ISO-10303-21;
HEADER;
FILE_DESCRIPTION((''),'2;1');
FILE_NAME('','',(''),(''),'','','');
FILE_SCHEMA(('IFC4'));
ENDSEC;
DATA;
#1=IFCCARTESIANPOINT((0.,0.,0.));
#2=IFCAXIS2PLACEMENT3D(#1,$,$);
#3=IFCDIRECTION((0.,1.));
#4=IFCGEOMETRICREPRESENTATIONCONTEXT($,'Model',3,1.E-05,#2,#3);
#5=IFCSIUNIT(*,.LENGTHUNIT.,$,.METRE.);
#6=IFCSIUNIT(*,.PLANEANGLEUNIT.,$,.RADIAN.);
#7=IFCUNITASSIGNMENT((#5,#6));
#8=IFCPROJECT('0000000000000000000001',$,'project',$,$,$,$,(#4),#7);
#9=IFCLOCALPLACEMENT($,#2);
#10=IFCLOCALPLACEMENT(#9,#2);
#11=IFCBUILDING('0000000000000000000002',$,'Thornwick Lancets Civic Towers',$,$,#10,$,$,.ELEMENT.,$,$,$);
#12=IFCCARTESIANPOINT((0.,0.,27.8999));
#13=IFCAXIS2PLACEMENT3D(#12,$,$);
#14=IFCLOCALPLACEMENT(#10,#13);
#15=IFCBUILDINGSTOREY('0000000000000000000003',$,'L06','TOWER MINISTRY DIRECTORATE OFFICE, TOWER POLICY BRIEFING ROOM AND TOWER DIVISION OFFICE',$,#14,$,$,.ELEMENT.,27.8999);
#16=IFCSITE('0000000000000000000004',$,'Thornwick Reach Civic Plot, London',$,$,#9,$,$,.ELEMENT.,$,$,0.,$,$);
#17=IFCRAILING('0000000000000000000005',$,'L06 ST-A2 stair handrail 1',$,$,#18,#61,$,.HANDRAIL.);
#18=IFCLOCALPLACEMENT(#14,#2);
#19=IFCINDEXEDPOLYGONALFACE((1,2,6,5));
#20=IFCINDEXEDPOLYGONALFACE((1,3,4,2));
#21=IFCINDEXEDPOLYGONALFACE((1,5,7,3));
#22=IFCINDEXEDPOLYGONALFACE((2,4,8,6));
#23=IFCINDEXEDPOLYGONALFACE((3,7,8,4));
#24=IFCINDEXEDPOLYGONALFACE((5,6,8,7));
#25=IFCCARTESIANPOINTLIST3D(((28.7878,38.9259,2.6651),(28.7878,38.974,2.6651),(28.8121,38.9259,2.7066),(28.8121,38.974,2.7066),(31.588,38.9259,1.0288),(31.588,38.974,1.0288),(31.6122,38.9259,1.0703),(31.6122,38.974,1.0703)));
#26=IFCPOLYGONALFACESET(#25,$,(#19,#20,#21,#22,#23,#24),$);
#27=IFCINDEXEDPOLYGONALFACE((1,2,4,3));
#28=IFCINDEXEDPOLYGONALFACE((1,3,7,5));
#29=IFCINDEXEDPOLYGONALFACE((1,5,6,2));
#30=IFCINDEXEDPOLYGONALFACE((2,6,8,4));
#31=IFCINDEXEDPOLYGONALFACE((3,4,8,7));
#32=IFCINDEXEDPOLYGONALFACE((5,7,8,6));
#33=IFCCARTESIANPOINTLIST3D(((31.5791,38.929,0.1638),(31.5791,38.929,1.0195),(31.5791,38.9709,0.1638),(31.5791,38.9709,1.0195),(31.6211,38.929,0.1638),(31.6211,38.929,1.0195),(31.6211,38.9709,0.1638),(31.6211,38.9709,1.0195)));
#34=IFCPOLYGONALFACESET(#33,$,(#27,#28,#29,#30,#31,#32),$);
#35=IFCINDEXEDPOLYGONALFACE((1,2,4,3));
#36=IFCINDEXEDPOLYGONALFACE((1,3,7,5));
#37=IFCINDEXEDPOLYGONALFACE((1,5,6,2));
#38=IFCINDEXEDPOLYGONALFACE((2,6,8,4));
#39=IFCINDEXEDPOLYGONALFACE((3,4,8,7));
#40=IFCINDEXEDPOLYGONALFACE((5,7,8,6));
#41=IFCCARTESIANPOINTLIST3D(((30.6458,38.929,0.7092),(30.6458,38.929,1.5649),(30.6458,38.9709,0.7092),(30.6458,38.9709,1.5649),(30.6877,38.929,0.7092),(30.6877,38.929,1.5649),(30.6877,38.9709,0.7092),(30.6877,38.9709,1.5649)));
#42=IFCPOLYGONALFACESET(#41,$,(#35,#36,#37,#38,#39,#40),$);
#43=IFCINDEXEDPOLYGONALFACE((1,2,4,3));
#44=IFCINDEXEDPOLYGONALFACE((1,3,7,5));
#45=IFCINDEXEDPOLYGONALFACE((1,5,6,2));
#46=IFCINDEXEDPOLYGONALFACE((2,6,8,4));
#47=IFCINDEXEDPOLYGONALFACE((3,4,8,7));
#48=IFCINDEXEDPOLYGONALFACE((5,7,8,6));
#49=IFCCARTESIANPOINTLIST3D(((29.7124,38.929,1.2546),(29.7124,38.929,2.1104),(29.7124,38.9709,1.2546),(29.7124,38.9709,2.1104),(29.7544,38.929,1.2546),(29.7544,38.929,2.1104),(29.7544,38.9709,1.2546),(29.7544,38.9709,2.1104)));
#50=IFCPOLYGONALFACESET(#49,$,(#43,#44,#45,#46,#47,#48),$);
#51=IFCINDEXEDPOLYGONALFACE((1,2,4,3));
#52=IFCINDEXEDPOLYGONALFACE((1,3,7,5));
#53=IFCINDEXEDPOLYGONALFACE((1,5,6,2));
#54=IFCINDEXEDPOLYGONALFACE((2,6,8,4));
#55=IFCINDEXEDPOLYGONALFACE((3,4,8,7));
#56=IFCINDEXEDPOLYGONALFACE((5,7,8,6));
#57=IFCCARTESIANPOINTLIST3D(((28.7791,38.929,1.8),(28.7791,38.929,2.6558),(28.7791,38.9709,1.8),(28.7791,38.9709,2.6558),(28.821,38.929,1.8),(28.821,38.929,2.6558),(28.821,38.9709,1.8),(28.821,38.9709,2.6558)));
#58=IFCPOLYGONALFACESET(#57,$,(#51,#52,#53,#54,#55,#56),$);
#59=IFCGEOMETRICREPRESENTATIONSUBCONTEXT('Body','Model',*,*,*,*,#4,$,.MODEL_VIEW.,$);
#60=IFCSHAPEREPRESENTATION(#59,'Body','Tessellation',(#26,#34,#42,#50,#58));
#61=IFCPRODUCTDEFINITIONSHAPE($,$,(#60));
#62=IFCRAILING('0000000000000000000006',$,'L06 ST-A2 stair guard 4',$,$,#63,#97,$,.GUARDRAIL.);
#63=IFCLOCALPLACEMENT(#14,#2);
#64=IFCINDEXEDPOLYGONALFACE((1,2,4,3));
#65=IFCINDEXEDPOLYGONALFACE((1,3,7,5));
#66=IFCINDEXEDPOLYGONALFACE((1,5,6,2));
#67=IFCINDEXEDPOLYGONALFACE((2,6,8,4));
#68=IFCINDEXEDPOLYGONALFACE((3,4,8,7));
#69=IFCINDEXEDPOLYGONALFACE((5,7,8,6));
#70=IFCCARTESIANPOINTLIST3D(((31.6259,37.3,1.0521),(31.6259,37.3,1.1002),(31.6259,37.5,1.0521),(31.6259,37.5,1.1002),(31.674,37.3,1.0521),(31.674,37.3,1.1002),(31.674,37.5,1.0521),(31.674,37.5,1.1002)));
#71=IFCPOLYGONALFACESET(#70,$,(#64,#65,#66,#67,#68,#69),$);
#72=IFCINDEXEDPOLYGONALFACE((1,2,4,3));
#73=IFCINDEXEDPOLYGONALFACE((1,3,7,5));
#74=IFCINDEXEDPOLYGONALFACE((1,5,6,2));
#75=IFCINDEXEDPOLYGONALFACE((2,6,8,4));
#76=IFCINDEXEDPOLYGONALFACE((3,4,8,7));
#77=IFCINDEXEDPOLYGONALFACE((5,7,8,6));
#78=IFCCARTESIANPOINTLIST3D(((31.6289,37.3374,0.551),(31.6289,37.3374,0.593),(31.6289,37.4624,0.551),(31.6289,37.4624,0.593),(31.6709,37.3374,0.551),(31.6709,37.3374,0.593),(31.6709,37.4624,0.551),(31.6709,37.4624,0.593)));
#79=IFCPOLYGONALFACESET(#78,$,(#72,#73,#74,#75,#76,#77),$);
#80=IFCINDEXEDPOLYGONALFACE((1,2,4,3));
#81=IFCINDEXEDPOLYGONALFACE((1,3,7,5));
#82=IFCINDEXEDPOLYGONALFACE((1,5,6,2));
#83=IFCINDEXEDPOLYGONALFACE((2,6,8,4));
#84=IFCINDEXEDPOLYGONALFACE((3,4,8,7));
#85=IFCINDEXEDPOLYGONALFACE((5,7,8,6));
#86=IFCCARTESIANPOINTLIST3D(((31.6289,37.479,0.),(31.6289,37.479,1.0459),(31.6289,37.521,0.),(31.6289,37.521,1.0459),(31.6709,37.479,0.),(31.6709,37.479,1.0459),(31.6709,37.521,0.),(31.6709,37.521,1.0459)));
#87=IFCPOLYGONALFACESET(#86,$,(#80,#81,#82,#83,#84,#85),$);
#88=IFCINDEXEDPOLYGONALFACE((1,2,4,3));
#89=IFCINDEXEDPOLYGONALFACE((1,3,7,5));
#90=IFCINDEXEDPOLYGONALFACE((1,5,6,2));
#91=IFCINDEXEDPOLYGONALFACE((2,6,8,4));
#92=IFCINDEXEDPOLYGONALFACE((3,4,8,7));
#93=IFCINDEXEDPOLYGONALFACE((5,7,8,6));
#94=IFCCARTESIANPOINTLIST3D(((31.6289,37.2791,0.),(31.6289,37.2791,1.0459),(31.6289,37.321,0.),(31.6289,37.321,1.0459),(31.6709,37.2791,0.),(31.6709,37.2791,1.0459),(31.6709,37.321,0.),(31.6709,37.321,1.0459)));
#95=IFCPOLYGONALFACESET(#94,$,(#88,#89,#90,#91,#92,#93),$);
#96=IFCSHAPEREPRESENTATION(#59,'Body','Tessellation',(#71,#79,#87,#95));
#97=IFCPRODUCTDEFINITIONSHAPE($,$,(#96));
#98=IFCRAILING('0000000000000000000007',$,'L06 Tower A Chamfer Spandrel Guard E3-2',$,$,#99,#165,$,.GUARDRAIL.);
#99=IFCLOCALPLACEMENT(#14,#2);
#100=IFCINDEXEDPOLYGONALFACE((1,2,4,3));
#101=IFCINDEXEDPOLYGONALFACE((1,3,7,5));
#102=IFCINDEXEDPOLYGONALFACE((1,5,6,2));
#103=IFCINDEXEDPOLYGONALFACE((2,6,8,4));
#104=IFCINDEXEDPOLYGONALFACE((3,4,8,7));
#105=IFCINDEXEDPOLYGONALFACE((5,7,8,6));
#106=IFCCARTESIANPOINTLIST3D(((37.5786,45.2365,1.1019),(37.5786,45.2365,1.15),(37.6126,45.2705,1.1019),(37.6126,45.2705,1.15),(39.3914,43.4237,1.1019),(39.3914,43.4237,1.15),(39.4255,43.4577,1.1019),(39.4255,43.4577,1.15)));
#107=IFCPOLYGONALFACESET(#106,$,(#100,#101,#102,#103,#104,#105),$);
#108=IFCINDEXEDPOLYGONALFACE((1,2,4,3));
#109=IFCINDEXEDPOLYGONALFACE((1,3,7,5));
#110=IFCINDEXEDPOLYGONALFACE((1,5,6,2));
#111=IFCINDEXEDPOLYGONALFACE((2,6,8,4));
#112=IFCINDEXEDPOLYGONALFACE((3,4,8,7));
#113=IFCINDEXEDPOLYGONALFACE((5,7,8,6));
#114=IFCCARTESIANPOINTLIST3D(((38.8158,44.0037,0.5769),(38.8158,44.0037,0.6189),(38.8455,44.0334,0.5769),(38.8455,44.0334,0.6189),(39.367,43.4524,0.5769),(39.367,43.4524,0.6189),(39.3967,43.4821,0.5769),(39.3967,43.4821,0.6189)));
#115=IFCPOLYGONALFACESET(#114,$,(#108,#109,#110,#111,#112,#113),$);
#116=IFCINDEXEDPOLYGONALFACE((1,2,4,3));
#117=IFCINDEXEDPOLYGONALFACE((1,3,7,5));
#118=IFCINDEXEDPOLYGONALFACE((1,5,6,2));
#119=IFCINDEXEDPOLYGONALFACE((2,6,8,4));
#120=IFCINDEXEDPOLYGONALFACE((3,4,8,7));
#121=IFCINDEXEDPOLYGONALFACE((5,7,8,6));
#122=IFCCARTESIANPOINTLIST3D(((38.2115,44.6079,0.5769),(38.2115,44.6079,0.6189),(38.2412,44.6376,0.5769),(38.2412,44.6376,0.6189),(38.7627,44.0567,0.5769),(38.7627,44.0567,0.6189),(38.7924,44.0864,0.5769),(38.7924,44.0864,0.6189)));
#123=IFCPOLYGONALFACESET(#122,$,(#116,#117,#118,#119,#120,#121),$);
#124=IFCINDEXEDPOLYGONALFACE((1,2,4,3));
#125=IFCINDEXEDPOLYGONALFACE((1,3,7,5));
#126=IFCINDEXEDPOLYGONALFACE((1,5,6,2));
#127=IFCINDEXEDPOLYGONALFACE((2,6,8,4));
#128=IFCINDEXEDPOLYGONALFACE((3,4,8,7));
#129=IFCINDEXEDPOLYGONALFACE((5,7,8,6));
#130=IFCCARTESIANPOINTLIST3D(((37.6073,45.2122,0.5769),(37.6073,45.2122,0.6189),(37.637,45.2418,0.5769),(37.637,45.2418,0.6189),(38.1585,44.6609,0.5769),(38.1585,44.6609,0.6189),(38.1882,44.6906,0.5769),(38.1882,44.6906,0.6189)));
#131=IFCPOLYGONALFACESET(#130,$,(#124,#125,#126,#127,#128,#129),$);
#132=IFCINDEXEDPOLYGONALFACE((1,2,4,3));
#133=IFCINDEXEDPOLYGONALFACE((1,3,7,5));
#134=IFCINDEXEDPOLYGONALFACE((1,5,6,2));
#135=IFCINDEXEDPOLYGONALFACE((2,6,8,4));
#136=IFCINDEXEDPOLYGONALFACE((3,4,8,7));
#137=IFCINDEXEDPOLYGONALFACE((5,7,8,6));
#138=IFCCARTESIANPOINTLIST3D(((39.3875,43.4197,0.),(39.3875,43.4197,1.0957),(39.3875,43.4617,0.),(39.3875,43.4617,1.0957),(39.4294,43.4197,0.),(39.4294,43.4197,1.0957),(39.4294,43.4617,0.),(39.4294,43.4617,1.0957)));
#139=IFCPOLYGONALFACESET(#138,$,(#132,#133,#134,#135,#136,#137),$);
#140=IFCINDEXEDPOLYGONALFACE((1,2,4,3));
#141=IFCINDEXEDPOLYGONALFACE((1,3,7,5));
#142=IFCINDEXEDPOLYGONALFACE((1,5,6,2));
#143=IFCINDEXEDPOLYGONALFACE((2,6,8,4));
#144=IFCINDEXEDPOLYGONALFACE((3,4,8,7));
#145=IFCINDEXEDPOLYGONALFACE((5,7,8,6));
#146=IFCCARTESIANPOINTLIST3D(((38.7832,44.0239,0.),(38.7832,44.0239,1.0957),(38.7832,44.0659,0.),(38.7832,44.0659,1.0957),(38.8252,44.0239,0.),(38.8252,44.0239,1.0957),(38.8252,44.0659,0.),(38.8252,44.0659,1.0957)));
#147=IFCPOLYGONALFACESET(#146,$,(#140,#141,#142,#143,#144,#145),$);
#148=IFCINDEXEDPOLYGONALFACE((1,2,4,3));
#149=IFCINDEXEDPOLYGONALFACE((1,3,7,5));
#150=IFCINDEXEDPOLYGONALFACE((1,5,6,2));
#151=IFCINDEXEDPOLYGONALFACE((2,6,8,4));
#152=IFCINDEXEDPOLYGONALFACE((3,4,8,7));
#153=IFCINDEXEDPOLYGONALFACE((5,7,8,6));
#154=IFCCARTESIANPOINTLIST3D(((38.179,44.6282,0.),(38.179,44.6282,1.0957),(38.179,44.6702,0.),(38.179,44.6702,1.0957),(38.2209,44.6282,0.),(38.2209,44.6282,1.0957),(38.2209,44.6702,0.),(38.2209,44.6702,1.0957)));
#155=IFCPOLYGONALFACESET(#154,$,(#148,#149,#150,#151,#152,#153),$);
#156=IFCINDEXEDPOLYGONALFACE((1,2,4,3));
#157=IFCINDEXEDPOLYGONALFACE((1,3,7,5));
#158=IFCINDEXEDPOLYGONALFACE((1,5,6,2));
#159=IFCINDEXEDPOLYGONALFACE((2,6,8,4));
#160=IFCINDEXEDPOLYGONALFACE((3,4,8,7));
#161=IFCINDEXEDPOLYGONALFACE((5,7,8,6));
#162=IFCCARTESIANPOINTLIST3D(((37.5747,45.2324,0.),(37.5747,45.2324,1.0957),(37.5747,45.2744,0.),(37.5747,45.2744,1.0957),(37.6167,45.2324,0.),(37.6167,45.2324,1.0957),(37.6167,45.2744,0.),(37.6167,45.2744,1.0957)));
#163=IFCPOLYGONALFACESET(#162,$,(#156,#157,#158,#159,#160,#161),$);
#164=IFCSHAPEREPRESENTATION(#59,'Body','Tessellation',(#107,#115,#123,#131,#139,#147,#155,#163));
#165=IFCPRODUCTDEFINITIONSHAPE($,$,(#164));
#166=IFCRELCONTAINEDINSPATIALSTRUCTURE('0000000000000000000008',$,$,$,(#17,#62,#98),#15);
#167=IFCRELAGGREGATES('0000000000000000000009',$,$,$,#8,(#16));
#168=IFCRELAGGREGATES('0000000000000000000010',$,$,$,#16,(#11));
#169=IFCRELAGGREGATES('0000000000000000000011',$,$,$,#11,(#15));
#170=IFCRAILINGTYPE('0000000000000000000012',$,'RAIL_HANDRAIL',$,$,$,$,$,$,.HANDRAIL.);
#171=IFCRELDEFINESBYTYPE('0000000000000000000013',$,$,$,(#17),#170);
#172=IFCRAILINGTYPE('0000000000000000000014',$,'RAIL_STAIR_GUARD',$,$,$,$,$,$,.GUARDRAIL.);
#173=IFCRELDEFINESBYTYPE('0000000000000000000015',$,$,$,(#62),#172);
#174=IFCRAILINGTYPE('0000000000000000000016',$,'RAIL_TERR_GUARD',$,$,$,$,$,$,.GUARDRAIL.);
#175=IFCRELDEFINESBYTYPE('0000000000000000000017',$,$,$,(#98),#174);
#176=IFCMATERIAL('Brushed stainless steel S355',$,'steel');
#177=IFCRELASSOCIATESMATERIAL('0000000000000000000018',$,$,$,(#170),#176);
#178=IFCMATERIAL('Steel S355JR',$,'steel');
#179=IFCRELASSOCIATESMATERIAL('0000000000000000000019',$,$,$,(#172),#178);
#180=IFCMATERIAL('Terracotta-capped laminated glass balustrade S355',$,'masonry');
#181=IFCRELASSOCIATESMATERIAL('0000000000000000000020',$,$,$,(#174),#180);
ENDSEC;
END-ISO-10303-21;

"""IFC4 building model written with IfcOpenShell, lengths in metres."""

from ifc_helpers import new_model, si_unit, direction, frame, origin, origin_2d, place, context, subcontext, project, spatial, rectangle, extrude, material, type_object, element, save


model = new_model("IFC4")

# Units and contexts
model_context = context("Model", 3, precision=1e-05, world=origin(), true_north=direction((0.0, 1.0)))
body_context = subcontext(model_context, "Body", "Model", "MODEL_VIEW")
ifc_project = project(units=[si_unit("LENGTHUNIT", "METRE"), si_unit("PLANEANGLEUNIT", "RADIAN")], contexts=[model_context])

# Site, building, storey
site_placement = place(None, origin())
site = spatial("IfcSite", under=ifc_project, at=site_placement, Name="Thornwick Reach Civic Plot, London", CompositionType="ELEMENT", RefElevation=0.0)
building_placement = place(site_placement, origin())
building = spatial("IfcBuilding", under=site, at=building_placement, Name="Thornwick Lancets Civic Towers", CompositionType="ELEMENT")
storey_placement = place(building_placement, frame((0.0, 0.0, 27.8999)))
storey = spatial("IfcBuildingStorey", under=building, at=storey_placement, Name="L06", Description="TOWER MINISTRY DIRECTORATE OFFICE, TOWER POLICY BRIEFING ROOM AND TOWER DIVISION OFFICE", CompositionType="ELEMENT", Elevation=27.8999)

# Railings
ifc_material_1 = material(Name="Brushed stainless steel S355", Category="steel")
railing_type_1 = type_object("IfcRailingType", Name="RAIL_HANDRAIL", PredefinedType="HANDRAIL", material=ifc_material_1)
railing_1_placement = place(storey_placement, frame((31.6001, 38.95, 0.1638)))
element("IfcRailing", 1, at=railing_1_placement, inside=storey, type_object=railing_type_1, Name="L06 ST-A2 stair handrail 1", PredefinedType="HANDRAIL", context=body_context, shape_type="SweptSolid", body=[
    extrude(rectangle(XDim=0.0481, YDim=0.0481, at=origin_2d()), frame((0.0, 0.0, 0.8857), z_axis=(-0.863394, 0.0, 0.504531), x_axis=(0.0, -1.0, 0.0)), (0.0, 0.0, 1.0), 3.2432),
    extrude(rectangle(XDim=0.042, YDim=0.042, at=origin_2d()), origin(), (0.0, 0.0, 1.0), 0.8557),
    extrude(rectangle(XDim=0.042, YDim=0.042, at=origin_2d()), frame((-0.9333, 0.0, 0.5454)), (0.0, 0.0, 1.0), 0.8557),
    extrude(rectangle(XDim=0.042, YDim=0.042, at=origin_2d()), frame((-1.8667, 0.0, 1.0908)), (0.0, 0.0, 1.0), 0.8557),
    extrude(rectangle(XDim=0.042, YDim=0.042, at=origin_2d()), frame((-2.8, 0.0, 1.6362)), (0.0, 0.0, 1.0), 0.8557),
])
ifc_material_2 = material(Name="Steel S355JR", Category="steel")
railing_type_2 = type_object("IfcRailingType", Name="RAIL_STAIR_GUARD", PredefinedType="GUARDRAIL", material=ifc_material_2)
railing_2_placement = place(storey_placement, frame((31.6499, 37.5, 0.0)))
element("IfcRailing", 2, at=railing_2_placement, inside=storey, type_object=railing_type_2, Name="L06 ST-A2 stair guard 4", PredefinedType="GUARDRAIL", context=body_context, shape_type="SweptSolid", body=[
    extrude(rectangle(XDim=0.0481, YDim=0.0481, at=origin_2d()), frame((0.0, 0.0, 1.0762), z_axis=(0.0, -1.0, 0.0), x_axis=(1.0, 0.0, 0.0)), (0.0, 0.0, 1.0), 0.2),
    extrude(rectangle(XDim=0.042, YDim=0.042, at=origin_2d()), frame((0.0, -0.0376, 0.572), z_axis=(0.0, -1.0, 0.0), x_axis=(1.0, 0.0, 0.0)), (0.0, 0.0, 1.0), 0.125),
    extrude(rectangle(XDim=0.042, YDim=0.042, at=origin_2d()), origin(), (0.0, 0.0, 1.0), 1.0459),
    extrude(rectangle(XDim=0.042, YDim=0.042, at=origin_2d()), frame((0.0, -0.2, 0.0)), (0.0, 0.0, 1.0), 1.0459),
])
ifc_material_3 = material(Name="Terracotta-capped laminated glass balustrade S355", Category="masonry")
railing_type_3 = type_object("IfcRailingType", Name="RAIL_TERR_GUARD", PredefinedType="GUARDRAIL", material=ifc_material_3)
railing_3_placement = place(storey_placement, frame((39.4084, 43.4407, 0.0)))
element("IfcRailing", 3, at=railing_3_placement, inside=storey, type_object=railing_type_3, Name="L06 Tower A Chamfer Spandrel Guard E3-2", PredefinedType="GUARDRAIL", context=body_context, shape_type="SweptSolid", body=[
    extrude(rectangle(XDim=0.0481, YDim=0.0481, at=origin_2d()), frame((0.0, 0.0, 1.126), z_axis=(-0.707107, 0.707107, 0.0), x_axis=(-0.707107, -0.707107, 0.0)), (0.0, 0.0, 1.0), 2.5637),
    extrude(rectangle(XDim=0.042, YDim=0.042, at=origin_2d()), frame((-0.0266, 0.0266, 0.5979), z_axis=(-0.707107, 0.707107, 0.0), x_axis=(-0.707107, -0.707107, 0.0)), (0.0, 0.0, 1.0), 0.7795),
    extrude(rectangle(XDim=0.042, YDim=0.042, at=origin_2d()), frame((-0.6309, 0.6309, 0.5979), z_axis=(-0.707107, 0.707107, 0.0), x_axis=(-0.707107, -0.707107, 0.0)), (0.0, 0.0, 1.0), 0.7795),
    extrude(rectangle(XDim=0.042, YDim=0.042, at=origin_2d()), frame((-1.2351, 1.2351, 0.5979), z_axis=(-0.707107, 0.707107, 0.0), x_axis=(-0.707107, -0.707107, 0.0)), (0.0, 0.0, 1.0), 0.7795),
    extrude(rectangle(XDim=0.042, YDim=0.042, at=origin_2d()), origin(), (0.0, 0.0, 1.0), 1.0957),
    extrude(rectangle(XDim=0.042, YDim=0.042, at=origin_2d()), frame((-0.6042, 0.6042, 0.0)), (0.0, 0.0, 1.0), 1.0957),
    extrude(rectangle(XDim=0.042, YDim=0.042, at=origin_2d()), frame((-1.2085, 1.2085, 0.0)), (0.0, 0.0, 1.0), 1.0957),
    extrude(rectangle(XDim=0.042, YDim=0.042, at=origin_2d()), frame((-1.8127, 1.8127, 0.0)), (0.0, 0.0, 1.0), 1.0957),
])

save(model, "model.ifc")
